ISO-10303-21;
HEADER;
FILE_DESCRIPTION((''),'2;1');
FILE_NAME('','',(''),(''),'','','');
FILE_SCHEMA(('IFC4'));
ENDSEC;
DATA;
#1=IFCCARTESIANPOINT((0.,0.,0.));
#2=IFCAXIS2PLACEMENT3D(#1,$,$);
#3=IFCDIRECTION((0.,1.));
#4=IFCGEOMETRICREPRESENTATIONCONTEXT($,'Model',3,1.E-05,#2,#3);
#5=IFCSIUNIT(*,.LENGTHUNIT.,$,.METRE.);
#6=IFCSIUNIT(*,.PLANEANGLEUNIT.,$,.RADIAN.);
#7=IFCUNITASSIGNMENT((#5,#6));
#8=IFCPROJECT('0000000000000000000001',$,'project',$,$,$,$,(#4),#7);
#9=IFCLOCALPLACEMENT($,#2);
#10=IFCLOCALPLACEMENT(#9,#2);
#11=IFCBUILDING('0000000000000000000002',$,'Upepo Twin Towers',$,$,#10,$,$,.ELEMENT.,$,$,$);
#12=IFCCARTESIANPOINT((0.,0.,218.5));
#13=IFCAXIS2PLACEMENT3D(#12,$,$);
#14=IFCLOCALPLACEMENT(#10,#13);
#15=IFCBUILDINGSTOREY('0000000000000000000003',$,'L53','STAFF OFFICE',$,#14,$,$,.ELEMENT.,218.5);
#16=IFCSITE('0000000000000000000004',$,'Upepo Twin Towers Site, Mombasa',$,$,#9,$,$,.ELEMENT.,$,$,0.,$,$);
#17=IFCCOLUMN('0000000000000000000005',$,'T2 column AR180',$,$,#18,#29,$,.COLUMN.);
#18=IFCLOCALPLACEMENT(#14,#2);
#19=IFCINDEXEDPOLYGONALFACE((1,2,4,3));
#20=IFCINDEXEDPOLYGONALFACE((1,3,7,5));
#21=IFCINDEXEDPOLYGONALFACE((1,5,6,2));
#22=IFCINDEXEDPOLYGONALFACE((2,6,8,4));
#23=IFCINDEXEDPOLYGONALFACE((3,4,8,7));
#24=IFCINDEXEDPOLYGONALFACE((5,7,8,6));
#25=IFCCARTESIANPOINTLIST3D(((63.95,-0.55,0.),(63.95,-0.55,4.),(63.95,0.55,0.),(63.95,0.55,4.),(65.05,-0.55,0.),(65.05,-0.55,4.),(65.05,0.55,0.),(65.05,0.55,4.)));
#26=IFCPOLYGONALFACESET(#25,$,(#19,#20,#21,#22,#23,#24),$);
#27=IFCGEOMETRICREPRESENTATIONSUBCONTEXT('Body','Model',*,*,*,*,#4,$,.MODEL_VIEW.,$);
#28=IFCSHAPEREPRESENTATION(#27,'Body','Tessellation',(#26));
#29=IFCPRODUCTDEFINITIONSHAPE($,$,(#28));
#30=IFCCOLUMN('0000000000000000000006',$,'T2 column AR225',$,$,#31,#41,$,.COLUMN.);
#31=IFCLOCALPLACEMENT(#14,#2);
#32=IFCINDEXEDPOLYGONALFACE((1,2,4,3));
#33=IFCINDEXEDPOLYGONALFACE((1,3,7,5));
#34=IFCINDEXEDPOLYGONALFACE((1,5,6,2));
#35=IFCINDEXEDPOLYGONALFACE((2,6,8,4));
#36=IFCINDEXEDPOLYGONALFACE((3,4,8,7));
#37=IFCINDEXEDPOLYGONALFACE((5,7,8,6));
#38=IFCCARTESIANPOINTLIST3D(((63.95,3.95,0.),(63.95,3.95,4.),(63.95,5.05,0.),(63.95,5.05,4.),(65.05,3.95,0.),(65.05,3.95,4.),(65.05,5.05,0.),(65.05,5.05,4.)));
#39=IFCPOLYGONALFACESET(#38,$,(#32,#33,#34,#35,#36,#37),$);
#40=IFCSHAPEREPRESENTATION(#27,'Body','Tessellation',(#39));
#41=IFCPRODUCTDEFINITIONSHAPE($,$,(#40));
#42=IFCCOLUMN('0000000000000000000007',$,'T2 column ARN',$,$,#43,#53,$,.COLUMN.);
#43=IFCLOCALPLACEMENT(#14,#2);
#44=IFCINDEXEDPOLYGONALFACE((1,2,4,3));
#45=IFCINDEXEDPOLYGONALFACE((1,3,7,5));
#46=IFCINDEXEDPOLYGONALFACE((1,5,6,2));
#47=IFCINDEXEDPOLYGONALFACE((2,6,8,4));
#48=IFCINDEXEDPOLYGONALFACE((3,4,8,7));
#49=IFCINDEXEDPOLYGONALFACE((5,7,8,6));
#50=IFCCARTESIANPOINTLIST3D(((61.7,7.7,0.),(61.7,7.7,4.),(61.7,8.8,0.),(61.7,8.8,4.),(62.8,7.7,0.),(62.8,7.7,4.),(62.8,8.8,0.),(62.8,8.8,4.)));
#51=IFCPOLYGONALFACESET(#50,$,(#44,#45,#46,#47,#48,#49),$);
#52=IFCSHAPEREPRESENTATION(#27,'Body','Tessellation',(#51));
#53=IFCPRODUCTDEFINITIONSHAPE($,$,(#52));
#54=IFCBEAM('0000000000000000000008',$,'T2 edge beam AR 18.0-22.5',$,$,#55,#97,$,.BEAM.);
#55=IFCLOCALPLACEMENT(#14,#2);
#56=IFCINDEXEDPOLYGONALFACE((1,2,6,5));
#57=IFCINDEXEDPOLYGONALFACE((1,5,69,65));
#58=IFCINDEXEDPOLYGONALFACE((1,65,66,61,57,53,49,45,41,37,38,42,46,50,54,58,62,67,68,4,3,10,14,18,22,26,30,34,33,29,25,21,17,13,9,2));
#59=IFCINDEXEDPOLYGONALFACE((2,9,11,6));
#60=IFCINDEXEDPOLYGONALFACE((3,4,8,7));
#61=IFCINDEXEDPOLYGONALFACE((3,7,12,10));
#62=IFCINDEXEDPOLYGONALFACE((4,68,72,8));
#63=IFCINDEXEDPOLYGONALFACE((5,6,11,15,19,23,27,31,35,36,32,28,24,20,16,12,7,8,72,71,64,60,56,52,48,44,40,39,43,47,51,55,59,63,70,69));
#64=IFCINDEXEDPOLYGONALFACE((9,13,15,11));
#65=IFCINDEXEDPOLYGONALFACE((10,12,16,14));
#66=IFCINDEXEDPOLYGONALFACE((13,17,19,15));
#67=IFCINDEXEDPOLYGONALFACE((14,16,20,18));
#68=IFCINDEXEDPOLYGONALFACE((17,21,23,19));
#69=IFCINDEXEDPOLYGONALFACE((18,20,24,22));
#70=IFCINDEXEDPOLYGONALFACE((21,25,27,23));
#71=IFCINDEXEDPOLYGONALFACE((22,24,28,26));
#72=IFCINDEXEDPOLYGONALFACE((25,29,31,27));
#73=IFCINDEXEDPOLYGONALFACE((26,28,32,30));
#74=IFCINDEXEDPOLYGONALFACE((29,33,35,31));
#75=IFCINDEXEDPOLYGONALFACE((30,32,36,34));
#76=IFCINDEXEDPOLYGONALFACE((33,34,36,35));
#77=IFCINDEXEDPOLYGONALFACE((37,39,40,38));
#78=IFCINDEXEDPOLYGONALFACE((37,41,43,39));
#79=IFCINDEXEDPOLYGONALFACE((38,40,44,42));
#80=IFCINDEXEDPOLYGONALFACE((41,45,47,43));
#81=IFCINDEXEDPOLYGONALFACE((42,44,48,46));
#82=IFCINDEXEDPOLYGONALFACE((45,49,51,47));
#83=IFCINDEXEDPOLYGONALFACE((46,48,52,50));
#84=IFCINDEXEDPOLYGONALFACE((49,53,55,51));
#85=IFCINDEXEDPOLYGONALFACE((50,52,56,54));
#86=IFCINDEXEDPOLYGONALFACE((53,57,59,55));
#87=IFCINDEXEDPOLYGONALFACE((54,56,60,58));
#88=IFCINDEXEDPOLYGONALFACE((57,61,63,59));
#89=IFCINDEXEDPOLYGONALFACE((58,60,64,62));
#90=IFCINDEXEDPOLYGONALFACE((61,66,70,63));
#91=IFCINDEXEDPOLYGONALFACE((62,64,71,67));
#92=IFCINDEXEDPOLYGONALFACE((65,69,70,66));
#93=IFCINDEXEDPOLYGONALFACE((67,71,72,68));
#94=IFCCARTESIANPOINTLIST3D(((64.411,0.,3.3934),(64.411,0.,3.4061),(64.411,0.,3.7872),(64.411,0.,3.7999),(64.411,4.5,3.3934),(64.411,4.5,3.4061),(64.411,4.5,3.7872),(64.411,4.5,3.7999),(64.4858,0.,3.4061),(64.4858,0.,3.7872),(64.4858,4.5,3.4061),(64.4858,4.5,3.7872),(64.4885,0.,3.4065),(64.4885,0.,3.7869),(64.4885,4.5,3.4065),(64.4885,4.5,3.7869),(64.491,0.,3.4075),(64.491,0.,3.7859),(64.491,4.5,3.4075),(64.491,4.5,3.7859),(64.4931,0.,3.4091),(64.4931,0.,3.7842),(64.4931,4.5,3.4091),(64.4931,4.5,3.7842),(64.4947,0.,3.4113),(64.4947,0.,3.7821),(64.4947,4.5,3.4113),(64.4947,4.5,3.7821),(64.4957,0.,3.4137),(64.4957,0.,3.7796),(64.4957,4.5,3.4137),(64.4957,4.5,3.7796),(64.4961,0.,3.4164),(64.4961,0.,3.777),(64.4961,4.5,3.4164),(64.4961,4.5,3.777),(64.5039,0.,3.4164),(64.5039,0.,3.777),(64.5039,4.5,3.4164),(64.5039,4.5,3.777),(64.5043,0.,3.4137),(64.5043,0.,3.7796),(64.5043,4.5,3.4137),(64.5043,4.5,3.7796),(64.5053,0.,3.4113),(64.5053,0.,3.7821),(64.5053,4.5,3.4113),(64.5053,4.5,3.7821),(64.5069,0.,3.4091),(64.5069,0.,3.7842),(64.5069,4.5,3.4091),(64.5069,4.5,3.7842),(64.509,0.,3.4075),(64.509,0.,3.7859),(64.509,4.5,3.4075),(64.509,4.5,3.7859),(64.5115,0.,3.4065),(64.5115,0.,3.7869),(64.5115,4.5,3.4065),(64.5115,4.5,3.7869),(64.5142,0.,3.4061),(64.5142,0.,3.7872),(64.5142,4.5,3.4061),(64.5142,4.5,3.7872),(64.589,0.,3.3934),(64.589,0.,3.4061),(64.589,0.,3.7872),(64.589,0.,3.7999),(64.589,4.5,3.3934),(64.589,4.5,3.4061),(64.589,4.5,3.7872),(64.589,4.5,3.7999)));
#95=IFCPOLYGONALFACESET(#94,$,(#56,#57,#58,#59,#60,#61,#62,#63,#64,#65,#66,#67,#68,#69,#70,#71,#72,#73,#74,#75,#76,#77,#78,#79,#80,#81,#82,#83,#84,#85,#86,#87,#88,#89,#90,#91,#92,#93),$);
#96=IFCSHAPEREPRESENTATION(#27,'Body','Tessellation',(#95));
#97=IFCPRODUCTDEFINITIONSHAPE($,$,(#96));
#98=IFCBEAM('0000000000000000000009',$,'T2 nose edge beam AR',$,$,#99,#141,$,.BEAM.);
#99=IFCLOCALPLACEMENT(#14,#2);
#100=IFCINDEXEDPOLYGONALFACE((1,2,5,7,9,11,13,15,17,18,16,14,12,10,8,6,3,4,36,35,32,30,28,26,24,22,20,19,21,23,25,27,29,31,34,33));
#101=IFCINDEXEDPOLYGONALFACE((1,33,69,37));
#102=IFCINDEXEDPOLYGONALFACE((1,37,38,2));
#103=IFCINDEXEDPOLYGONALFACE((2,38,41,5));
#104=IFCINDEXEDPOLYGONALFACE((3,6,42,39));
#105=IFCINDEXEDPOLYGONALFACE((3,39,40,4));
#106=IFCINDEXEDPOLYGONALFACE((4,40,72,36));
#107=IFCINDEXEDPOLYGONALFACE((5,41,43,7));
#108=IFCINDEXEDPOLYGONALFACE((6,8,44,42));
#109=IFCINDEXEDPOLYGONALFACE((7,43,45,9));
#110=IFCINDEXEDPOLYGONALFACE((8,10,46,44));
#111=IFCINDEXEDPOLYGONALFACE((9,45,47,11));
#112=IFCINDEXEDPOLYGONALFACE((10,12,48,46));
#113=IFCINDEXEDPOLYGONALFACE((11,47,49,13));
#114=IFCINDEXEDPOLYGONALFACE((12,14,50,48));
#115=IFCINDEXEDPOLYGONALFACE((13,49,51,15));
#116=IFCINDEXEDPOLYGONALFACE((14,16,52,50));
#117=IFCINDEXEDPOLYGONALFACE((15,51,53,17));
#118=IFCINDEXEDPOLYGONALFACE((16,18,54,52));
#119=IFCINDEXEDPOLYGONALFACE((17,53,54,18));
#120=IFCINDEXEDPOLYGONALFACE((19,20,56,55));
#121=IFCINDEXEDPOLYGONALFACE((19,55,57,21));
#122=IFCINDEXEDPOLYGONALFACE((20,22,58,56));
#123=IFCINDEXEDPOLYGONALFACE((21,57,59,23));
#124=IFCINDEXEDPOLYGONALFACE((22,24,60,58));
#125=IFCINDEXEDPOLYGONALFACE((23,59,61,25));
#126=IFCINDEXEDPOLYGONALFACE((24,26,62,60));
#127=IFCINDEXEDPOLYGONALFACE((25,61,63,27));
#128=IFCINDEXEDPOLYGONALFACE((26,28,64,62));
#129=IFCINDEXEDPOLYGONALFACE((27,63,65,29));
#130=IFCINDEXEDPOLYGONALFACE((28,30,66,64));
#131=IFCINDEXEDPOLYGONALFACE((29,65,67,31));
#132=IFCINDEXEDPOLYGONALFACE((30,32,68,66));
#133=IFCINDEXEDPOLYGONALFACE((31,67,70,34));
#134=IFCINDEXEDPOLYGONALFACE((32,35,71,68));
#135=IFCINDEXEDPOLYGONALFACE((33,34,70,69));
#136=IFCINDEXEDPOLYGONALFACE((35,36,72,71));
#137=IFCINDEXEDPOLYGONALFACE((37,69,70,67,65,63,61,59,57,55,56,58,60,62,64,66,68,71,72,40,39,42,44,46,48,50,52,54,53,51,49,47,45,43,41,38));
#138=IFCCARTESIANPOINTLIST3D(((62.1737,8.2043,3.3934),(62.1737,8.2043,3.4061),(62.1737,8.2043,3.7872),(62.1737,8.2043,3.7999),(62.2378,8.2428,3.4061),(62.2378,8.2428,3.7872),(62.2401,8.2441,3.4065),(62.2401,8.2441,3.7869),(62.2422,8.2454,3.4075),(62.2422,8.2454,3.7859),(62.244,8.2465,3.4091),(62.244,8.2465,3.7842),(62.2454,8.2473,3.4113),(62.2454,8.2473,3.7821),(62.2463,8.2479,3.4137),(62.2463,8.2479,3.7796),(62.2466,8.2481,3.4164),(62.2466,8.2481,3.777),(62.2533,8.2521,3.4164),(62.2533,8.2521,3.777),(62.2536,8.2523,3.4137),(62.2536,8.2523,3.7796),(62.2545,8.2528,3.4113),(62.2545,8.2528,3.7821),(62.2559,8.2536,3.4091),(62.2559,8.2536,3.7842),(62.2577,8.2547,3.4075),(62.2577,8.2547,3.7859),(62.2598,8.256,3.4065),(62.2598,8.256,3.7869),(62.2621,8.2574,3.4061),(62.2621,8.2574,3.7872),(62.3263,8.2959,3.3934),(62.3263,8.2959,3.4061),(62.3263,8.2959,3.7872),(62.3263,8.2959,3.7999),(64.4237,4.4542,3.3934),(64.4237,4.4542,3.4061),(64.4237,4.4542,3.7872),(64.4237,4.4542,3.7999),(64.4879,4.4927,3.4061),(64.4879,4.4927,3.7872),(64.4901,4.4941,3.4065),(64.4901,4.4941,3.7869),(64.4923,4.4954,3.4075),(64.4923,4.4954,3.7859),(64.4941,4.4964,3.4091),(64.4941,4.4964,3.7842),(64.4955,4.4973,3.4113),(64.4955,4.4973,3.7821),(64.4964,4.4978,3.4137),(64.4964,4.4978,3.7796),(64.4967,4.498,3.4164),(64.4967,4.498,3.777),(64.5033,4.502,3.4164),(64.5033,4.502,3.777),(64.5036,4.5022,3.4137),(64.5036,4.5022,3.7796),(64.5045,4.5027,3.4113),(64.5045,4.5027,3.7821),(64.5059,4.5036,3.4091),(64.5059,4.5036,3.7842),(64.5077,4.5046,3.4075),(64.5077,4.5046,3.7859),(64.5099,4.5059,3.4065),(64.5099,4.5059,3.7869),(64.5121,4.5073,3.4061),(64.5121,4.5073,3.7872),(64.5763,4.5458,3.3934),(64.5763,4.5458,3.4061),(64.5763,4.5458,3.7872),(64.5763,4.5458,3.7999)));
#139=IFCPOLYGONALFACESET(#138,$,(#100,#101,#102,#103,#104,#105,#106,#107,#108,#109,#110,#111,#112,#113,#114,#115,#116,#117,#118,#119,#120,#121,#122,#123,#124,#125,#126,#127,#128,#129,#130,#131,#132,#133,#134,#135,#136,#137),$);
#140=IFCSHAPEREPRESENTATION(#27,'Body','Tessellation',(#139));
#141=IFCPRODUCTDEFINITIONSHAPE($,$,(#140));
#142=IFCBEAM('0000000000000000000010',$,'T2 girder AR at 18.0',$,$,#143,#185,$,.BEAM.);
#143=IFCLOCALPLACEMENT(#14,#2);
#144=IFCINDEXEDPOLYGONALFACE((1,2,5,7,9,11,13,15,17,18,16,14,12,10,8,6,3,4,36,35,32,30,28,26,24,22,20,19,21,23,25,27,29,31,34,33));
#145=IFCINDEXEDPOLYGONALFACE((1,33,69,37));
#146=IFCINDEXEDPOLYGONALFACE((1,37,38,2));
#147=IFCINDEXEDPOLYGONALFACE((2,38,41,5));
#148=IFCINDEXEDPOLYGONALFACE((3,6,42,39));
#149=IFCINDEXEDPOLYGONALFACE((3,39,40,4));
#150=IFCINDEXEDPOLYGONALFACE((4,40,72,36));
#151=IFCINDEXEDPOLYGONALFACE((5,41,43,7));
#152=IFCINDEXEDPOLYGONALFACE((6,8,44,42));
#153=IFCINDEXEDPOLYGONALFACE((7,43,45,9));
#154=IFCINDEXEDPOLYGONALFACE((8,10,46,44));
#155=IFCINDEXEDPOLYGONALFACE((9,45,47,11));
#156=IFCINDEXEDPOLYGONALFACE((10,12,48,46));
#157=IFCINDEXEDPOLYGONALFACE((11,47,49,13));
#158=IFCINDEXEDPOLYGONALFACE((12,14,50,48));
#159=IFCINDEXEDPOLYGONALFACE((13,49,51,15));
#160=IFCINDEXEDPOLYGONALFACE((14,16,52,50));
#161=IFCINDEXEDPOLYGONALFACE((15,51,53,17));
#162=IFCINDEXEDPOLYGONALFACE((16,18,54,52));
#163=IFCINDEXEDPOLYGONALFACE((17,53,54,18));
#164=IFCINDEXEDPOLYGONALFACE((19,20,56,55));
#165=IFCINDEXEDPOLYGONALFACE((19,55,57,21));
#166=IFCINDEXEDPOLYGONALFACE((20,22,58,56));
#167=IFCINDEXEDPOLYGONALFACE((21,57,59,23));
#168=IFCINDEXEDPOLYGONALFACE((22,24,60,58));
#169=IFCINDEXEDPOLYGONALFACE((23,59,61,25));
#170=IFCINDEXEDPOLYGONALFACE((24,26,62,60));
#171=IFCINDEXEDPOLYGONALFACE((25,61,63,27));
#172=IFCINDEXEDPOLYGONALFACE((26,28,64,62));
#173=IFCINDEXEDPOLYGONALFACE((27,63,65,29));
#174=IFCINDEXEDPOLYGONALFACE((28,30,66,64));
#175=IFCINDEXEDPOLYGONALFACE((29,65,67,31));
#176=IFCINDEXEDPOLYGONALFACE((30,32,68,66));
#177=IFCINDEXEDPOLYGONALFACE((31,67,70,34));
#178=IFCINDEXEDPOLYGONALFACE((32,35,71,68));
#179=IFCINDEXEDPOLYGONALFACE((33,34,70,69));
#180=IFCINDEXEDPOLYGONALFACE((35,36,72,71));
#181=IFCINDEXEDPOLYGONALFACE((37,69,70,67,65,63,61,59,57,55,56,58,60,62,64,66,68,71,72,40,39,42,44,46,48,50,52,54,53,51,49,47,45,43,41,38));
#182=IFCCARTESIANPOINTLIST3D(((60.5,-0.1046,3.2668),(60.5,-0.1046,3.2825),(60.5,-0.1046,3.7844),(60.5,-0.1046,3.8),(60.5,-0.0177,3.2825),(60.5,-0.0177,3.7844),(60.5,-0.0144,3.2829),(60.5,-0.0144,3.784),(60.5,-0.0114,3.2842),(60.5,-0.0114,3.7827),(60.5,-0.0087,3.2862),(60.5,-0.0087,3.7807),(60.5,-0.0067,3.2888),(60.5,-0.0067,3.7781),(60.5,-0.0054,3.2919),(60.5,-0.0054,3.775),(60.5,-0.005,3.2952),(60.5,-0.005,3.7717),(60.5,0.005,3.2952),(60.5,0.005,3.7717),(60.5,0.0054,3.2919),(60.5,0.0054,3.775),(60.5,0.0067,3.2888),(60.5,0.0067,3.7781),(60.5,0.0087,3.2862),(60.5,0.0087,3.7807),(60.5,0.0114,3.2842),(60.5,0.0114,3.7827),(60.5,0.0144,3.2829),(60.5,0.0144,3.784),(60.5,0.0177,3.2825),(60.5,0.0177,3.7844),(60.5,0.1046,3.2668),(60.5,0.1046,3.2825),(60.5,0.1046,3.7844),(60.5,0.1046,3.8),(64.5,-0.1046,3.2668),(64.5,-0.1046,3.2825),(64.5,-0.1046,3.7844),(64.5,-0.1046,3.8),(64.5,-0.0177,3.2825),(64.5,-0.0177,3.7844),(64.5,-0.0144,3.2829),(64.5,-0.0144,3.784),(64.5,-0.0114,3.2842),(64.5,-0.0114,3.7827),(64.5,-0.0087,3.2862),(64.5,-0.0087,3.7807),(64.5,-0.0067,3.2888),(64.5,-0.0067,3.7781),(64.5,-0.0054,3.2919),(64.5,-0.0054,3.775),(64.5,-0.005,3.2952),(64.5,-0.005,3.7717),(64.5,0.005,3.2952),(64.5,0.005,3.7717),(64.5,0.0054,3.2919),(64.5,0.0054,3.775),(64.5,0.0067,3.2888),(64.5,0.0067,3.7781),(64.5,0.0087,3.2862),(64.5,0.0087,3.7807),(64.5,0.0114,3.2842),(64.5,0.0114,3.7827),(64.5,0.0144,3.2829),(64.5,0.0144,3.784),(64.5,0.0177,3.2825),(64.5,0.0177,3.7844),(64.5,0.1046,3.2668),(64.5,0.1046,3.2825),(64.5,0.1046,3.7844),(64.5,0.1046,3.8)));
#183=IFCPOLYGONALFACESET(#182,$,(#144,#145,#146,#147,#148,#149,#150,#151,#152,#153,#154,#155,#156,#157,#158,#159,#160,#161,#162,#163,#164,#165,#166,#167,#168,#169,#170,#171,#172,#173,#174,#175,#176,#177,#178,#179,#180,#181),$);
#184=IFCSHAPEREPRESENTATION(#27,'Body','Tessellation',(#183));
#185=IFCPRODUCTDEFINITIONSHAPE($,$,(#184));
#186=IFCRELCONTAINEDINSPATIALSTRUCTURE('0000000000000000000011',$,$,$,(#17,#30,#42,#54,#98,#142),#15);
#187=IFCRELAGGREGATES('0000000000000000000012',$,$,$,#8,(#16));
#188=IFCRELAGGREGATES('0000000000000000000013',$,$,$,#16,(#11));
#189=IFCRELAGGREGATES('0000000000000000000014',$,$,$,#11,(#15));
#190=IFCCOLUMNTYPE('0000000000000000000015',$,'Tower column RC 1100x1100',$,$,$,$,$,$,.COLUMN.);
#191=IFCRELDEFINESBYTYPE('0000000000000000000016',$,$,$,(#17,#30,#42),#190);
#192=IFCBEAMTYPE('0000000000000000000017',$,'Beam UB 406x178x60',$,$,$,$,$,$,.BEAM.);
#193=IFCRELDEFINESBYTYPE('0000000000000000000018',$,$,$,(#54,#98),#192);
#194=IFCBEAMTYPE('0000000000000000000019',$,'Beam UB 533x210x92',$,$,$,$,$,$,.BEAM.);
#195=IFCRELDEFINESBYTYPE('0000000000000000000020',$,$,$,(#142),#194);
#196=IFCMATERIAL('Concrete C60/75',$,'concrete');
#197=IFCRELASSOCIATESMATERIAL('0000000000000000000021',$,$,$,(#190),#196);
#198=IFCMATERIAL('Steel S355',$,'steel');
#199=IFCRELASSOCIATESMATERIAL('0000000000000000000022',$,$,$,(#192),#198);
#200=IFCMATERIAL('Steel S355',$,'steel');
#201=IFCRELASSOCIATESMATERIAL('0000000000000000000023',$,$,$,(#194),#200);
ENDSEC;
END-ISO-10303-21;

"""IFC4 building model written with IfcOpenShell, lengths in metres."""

from ifc_helpers import new_model, si_unit, direction, frame, origin, origin_2d, place, context, subcontext, project, spatial, rectangle, i_section, extrude, material, material_profile, profile_set, type_object, element, save


model = new_model("IFC4")

# Units and contexts
model_context = context("Model", 3, precision=1e-05, world=origin(), true_north=direction((0.0, 1.0)))
body_context = subcontext(model_context, "Body", "Model", "MODEL_VIEW")
ifc_project = project(units=[si_unit("LENGTHUNIT", "METRE"), si_unit("PLANEANGLEUNIT", "RADIAN")], contexts=[model_context])

# Site, building, storey
site_placement = place(None, origin())
site = spatial("IfcSite", under=ifc_project, at=site_placement, Name="Upepo Twin Towers Site, Mombasa", CompositionType="ELEMENT", RefElevation=0.0)
building_placement = place(site_placement, origin())
building = spatial("IfcBuilding", under=site, at=building_placement, Name="Upepo Twin Towers", CompositionType="ELEMENT")
storey_placement = place(building_placement, frame((0.0, 0.0, 218.5)))
storey = spatial("IfcBuildingStorey", under=building, at=storey_placement, Name="L53", Description="STAFF OFFICE", CompositionType="ELEMENT", Elevation=218.5)

# Columns
ifc_material_1 = material(Name="Concrete C60/75", Category="concrete")
ifc_material_profile_1 = material_profile(ifc_material_1, rectangle(XDim=1.1001, YDim=1.1001, at=origin_2d()), Name="RC 1100x1100")
ifc_profile_set_1 = profile_set([ifc_material_profile_1], Name="Concrete C60/75")
column_type = type_object("IfcColumnType", Name="Tower column RC 1100x1100", PredefinedType="COLUMN", material=ifc_profile_set_1)
for number, where, z_axis, x_axis, name in (
    (1, (64.5, 0.0, 0.0), (0.0, 0.0, 1.0), (1.0, 0.0, 0.0), "T2 column AR180"),
    (2, (64.5, 4.5, 0.0), (0.0, 0.0, 1.0), (1.0, 0.0, 0.0), "T2 column AR225"),
    (3, (62.25, 8.25, 0.0), (0.0, 0.0, 1.0), (1.0, 0.0, 0.0), "T2 column ARN"),
):
    element("IfcColumn", number, at=place(storey_placement, frame(where, z_axis=z_axis, x_axis=x_axis)), inside=storey, type_object=column_type, Name=name, PredefinedType="COLUMN", context=body_context, shape_type="SweptSolid", body=[
        extrude(rectangle(XDim=1.1001, YDim=1.1001, at=origin_2d()), origin(), (0.0, 0.0, 1.0), 4.0),
    ])

# Beams
ifc_material_2 = material(Name="Steel S355", Category="steel")
ifc_material_profile_2 = material_profile(ifc_material_2, i_section(OverallWidth=0.178, OverallDepth=0.4065, WebThickness=0.0078, FlangeThickness=0.0127, FilletRadius=0.0103, at=origin_2d()), Name="UB 406x178x60")
ifc_profile_set_2 = profile_set([ifc_material_profile_2], Name="Steel S355")
beam_type_1 = type_object("IfcBeamType", Name="Beam UB 406x178x60", PredefinedType="BEAM", material=ifc_profile_set_2)
beam_1_placement = place(storey_placement, frame((64.5, 0.0, 3.5967), z_axis=(0.0, 1.0, 0.0), x_axis=(-1.0, 0.0, 0.0)))
element("IfcBeam", 4, at=beam_1_placement, inside=storey, type_object=beam_type_1, Name="T2 edge beam AR 18.0-22.5", PredefinedType="BEAM", context=body_context, shape_type="SweptSolid", body=[
    extrude(i_section(OverallWidth=0.178, OverallDepth=0.4065, WebThickness=0.0078, FlangeThickness=0.0127, FilletRadius=0.0103, at=origin_2d()), origin(), (0.0, 0.0, 1.0), 4.5),
])
beam_2_placement = place(storey_placement, frame((64.5, 4.5, 3.5967), z_axis=(-0.514496, 0.857493, 0.0), x_axis=(-0.857493, -0.514496, 0.0)))
element("IfcBeam", 5, at=beam_2_placement, inside=storey, type_object=beam_type_1, Name="T2 nose edge beam AR", PredefinedType="BEAM", context=body_context, shape_type="SweptSolid", body=[
    extrude(i_section(OverallWidth=0.178, OverallDepth=0.4065, WebThickness=0.0078, FlangeThickness=0.0127, FilletRadius=0.0103, at=origin_2d()), origin(), (0.0, 0.0, 1.0), 4.3733),
])
ifc_material_3 = material(Name="Steel S355", Category="steel")
ifc_material_profile_3 = material_profile(ifc_material_3, i_section(OverallWidth=0.2092, OverallDepth=0.5332, WebThickness=0.01, FlangeThickness=0.0156, FilletRadius=0.0127, at=origin_2d()), Name="UB 533x210x92")
ifc_profile_set_3 = profile_set([ifc_material_profile_3], Name="Steel S355")
beam_type_2 = type_object("IfcBeamType", Name="Beam UB 533x210x92", PredefinedType="BEAM", material=ifc_profile_set_3)
for number, where, z_axis, x_axis, name in (
    (6, (64.5, 0.0, 3.5334), (-1.0, 0.0, 0.0), (0.0, -1.0, 0.0), "T2 girder AR at 18.0"),
):
    element("IfcBeam", number, at=place(storey_placement, frame(where, z_axis=z_axis, x_axis=x_axis)), inside=storey, type_object=beam_type_2, Name=name, PredefinedType="BEAM", context=body_context, shape_type="SweptSolid", body=[
        extrude(i_section(OverallWidth=0.2092, OverallDepth=0.5332, WebThickness=0.01, FlangeThickness=0.0156, FilletRadius=0.0127, at=origin_2d()), origin(), (0.0, 0.0, 1.0), 4.0),
    ])

save(model, "model.ifc")
